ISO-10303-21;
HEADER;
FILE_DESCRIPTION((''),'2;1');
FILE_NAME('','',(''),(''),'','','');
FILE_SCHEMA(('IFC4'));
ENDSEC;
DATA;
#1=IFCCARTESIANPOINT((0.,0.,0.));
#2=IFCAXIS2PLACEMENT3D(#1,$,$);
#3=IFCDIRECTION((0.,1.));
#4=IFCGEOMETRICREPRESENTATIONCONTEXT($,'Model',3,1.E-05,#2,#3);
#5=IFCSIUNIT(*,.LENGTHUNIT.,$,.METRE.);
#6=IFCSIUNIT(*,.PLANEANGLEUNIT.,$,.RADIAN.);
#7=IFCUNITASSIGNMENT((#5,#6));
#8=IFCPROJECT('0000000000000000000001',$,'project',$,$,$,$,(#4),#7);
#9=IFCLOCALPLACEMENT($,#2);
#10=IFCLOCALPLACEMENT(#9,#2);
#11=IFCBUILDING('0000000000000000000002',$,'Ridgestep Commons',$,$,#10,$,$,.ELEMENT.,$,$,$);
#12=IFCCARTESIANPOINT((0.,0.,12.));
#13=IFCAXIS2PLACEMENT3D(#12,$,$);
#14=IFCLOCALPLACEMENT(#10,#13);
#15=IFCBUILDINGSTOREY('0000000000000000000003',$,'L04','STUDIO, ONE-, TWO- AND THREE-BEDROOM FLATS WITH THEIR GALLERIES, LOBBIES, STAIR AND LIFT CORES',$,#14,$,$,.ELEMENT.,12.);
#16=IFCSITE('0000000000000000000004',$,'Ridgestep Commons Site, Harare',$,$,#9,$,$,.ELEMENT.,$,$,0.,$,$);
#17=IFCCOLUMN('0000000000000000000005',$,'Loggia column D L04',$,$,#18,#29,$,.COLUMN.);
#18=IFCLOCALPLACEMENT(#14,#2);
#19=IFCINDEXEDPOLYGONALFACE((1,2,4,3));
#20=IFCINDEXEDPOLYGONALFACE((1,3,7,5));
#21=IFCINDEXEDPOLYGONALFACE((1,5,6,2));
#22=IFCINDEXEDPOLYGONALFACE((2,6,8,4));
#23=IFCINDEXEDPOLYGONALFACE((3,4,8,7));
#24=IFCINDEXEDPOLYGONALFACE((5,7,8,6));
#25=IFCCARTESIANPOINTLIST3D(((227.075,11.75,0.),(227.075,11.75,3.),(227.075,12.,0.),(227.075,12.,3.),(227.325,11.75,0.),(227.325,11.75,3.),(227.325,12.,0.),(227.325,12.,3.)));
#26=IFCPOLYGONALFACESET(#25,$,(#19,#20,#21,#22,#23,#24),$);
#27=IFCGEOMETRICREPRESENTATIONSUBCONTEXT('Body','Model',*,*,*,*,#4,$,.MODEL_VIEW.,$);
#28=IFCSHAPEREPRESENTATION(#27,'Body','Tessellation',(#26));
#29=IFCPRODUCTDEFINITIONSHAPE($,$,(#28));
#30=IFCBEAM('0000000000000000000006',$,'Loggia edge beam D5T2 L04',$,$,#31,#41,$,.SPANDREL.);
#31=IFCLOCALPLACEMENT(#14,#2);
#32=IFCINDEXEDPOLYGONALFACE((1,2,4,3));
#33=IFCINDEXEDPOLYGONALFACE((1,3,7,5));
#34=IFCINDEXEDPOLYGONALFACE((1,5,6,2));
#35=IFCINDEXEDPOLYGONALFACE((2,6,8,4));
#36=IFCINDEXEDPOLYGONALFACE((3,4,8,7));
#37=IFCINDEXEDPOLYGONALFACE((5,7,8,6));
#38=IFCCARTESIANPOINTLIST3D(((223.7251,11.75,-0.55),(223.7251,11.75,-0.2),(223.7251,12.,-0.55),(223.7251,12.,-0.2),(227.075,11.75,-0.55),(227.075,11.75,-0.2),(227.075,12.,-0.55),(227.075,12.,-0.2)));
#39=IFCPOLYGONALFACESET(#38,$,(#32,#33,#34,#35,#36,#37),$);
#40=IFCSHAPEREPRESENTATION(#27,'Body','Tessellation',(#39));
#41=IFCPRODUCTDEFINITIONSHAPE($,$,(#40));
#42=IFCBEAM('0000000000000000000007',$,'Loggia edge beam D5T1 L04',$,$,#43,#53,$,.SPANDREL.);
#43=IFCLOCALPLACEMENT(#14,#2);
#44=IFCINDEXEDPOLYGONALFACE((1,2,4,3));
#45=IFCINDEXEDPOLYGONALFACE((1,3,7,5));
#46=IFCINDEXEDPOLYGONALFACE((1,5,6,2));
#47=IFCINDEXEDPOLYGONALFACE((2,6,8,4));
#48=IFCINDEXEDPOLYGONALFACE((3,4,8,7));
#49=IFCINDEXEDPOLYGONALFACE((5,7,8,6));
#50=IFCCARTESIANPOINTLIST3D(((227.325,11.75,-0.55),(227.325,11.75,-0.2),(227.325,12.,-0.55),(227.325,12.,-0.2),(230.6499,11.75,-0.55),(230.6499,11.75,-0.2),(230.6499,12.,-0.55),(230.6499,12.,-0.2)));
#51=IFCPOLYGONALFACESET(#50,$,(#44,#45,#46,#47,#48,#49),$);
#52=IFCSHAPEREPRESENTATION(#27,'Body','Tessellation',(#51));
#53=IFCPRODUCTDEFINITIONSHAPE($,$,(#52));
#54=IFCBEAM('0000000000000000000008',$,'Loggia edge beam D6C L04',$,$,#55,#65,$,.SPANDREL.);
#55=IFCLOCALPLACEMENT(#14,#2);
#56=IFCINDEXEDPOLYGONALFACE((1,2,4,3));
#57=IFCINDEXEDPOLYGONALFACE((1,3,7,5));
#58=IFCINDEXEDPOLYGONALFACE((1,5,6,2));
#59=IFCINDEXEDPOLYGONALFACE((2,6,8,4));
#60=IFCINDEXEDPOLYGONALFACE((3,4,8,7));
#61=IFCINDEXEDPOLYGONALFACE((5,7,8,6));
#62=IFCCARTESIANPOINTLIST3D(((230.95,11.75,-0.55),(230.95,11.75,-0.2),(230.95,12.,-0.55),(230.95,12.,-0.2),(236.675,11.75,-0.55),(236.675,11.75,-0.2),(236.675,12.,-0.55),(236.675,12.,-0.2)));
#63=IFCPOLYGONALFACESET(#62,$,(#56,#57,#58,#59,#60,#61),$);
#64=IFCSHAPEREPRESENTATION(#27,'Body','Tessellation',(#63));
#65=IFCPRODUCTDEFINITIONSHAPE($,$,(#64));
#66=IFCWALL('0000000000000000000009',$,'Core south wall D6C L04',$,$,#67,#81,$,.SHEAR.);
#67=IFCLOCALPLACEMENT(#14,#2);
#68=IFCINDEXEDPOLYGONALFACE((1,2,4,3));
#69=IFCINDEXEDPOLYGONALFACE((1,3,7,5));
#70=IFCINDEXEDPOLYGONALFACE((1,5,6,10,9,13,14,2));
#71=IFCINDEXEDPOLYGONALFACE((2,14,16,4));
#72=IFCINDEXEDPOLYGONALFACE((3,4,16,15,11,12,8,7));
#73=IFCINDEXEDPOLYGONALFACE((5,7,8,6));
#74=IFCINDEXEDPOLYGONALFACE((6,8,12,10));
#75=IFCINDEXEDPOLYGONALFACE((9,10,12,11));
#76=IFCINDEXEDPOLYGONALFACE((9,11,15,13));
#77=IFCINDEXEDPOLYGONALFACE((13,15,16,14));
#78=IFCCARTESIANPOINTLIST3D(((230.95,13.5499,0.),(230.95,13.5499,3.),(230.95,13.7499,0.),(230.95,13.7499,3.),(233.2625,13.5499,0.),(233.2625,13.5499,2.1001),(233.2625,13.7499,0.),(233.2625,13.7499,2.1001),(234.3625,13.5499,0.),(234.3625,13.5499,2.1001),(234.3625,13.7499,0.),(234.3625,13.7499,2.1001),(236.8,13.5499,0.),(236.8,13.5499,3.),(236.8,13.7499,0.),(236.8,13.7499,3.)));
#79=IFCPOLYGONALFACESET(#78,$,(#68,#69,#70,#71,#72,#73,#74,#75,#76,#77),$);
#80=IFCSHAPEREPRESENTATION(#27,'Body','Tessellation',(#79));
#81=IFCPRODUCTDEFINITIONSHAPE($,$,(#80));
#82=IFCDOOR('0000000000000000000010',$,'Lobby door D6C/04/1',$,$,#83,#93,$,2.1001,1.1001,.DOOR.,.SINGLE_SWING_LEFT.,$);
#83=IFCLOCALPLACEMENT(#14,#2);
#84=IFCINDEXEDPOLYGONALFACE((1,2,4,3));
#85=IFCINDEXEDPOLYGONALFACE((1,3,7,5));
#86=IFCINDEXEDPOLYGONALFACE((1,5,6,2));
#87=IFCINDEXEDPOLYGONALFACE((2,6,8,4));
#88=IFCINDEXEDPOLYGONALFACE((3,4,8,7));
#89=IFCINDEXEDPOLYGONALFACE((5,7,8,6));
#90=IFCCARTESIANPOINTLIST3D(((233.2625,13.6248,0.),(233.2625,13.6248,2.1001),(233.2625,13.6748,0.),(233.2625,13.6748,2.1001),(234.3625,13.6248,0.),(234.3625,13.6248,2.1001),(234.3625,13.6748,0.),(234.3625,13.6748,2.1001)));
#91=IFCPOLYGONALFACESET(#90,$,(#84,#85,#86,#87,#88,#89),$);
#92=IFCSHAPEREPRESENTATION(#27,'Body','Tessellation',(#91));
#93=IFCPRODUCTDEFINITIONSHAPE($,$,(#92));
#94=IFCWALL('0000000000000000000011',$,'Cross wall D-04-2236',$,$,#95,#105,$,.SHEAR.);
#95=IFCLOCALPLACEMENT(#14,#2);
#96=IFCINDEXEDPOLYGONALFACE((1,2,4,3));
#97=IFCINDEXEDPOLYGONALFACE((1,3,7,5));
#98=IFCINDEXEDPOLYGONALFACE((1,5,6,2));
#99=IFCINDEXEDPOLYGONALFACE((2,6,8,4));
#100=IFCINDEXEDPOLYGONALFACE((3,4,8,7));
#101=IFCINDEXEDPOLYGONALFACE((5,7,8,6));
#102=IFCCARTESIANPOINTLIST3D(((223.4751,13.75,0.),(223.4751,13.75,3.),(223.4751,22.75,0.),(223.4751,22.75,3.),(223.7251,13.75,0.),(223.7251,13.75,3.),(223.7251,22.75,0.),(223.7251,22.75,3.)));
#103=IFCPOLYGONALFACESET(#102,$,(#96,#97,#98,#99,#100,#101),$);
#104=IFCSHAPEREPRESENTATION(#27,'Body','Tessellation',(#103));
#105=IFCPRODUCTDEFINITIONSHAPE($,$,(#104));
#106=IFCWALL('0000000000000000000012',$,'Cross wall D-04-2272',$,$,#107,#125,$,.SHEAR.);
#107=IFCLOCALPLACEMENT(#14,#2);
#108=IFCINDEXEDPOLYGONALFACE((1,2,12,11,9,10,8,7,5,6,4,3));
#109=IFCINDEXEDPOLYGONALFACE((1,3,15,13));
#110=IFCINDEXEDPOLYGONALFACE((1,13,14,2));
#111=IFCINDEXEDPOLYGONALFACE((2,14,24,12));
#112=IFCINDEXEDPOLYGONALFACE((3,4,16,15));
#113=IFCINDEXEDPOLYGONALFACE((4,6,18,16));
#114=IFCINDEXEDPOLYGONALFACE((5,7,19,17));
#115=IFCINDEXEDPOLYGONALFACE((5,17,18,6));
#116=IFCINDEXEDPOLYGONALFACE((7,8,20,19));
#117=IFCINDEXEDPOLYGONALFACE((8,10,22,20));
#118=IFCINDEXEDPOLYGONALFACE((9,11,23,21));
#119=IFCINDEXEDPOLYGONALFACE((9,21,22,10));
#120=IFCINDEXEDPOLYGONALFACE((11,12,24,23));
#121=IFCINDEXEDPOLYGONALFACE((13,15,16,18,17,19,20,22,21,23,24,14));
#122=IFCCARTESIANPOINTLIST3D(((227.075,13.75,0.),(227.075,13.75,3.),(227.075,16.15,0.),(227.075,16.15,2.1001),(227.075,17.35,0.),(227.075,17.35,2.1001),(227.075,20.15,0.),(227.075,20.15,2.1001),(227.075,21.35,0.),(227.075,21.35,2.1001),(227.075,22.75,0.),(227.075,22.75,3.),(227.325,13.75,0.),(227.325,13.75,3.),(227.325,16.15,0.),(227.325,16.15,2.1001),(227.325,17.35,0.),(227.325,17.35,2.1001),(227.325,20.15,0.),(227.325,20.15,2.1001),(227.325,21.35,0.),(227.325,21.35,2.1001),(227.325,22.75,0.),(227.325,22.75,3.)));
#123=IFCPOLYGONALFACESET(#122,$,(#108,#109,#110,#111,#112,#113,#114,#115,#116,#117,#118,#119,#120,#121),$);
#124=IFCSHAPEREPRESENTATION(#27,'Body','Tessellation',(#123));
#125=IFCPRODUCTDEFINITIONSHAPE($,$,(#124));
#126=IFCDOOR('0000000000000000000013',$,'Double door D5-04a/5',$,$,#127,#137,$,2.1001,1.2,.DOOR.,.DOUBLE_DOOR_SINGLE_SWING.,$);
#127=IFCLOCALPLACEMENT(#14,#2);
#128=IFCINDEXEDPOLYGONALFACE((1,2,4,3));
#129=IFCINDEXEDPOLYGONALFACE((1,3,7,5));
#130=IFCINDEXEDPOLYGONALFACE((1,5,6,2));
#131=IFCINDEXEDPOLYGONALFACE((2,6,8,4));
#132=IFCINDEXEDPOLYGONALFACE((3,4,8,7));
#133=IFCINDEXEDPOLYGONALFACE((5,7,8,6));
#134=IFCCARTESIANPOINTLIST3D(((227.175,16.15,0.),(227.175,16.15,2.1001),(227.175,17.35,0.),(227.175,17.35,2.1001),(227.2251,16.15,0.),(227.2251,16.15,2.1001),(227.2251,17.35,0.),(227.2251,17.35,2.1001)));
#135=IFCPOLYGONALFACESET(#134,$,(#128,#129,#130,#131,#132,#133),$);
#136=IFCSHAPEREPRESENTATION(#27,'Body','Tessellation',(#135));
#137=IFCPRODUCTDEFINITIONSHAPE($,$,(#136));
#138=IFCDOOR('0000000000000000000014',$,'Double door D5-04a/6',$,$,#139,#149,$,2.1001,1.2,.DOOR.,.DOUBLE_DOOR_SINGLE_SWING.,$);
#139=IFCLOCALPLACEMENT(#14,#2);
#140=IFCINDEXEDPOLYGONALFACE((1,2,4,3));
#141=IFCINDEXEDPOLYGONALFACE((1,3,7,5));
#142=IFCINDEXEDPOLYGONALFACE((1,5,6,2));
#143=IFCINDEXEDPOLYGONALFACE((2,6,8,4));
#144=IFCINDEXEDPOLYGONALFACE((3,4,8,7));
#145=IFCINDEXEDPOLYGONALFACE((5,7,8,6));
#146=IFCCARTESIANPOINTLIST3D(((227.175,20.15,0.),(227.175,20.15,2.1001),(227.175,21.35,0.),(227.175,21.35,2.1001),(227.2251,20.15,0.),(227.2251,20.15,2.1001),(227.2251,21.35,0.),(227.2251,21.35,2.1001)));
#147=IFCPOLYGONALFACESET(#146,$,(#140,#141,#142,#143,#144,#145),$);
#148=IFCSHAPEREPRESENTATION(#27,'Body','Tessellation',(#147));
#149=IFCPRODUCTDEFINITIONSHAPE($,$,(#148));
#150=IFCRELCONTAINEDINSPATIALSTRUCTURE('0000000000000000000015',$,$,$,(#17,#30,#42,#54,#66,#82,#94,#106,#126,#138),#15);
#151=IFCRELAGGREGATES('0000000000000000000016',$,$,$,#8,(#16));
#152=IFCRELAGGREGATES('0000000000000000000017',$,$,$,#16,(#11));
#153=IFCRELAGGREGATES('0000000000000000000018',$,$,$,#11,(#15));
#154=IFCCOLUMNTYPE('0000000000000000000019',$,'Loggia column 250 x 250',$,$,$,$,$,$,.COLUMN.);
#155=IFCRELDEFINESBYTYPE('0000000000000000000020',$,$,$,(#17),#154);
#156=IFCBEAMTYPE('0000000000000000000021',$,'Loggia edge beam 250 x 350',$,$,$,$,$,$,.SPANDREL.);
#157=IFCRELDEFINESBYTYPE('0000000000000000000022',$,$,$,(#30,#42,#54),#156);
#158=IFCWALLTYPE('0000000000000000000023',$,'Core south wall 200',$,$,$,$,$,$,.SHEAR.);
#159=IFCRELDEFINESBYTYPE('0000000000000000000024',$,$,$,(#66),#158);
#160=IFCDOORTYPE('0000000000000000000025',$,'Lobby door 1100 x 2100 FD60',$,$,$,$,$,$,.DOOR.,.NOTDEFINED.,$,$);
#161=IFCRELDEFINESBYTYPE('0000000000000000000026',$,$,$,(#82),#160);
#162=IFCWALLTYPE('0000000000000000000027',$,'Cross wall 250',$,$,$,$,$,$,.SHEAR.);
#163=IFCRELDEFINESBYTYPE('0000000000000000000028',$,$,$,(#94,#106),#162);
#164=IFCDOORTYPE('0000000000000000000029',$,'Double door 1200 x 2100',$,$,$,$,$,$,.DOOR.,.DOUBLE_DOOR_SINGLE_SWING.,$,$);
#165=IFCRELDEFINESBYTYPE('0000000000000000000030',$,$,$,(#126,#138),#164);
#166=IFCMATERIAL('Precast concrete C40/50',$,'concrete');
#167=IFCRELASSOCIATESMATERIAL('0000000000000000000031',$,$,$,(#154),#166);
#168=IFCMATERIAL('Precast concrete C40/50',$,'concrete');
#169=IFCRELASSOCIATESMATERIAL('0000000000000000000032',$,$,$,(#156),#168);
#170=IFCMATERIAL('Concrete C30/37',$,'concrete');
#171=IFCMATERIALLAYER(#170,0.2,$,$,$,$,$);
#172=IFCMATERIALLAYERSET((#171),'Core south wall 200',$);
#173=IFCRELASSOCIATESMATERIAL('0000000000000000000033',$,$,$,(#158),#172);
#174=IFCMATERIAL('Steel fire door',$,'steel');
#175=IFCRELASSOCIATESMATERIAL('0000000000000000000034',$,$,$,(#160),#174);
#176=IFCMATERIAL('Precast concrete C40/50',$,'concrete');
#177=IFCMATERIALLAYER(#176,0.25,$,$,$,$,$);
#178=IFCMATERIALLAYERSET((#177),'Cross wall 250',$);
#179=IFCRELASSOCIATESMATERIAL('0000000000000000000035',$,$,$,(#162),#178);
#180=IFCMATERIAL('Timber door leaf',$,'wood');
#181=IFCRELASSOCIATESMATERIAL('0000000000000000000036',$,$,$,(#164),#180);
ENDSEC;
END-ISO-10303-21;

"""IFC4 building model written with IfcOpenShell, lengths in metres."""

from ifc_helpers import new_model, si_unit, direction, frame, frame_2d, origin, origin_2d, place, context, subcontext, project, spatial, rectangle, extrude, material, layer, layer_set, material_profile, profile_set, type_object, element, fill, save


model = new_model("IFC4")

# Units and contexts
model_context = context("Model", 3, precision=1e-05, world=origin(), true_north=direction((0.0, 1.0)))
body_context = subcontext(model_context, "Body", "Model", "MODEL_VIEW")
ifc_project = project(units=[si_unit("LENGTHUNIT", "METRE"), si_unit("PLANEANGLEUNIT", "RADIAN")], contexts=[model_context])

# Site, building, storey
site_placement = place(None, origin())
site = spatial("IfcSite", under=ifc_project, at=site_placement, Name="Ridgestep Commons Site, Harare", CompositionType="ELEMENT", RefElevation=0.0)
building_placement = place(site_placement, origin())
building = spatial("IfcBuilding", under=site, at=building_placement, Name="Ridgestep Commons", CompositionType="ELEMENT")
storey_placement = place(building_placement, frame((0.0, 0.0, 12.0)))
storey = spatial("IfcBuildingStorey", under=building, at=storey_placement, Name="L04", Description="STUDIO, ONE-, TWO- AND THREE-BEDROOM FLATS WITH THEIR GALLERIES, LOBBIES, STAIR AND LIFT CORES", CompositionType="ELEMENT", Elevation=12.0)

# Column
ifc_material_1 = material(Name="Precast concrete C40/50", Category="concrete")
ifc_material_profile_1 = material_profile(ifc_material_1, rectangle(XDim=0.25, YDim=0.25, at=origin_2d()), Name="PC 250x250")
ifc_profile_set_1 = profile_set([ifc_material_profile_1], Name="Precast concrete C40/50")
column_type = type_object("IfcColumnType", Name="Loggia column 250 x 250", PredefinedType="COLUMN", material=ifc_profile_set_1)
column_placement = place(storey_placement, frame((227.2, 11.875, 0.0), z_axis=(0.0, 0.0, 1.0), x_axis=(1.0, 0.0, 0.0)))
element("IfcColumn", 1, at=column_placement, inside=storey, type_object=column_type, Name="Loggia column D L04", PredefinedType="COLUMN", context=body_context, shape_type="SweptSolid", body=[
    extrude(rectangle(XDim=0.25, YDim=0.25, at=origin_2d()), origin(), (0.0, 0.0, 1.0), 3.0),
])

# Beams
ifc_material_2 = material(Name="Precast concrete C40/50", Category="concrete")
ifc_material_profile_2 = material_profile(ifc_material_2, rectangle(XDim=0.25, YDim=0.3501, at=origin_2d()), Name="PC 250x350")
ifc_profile_set_2 = profile_set([ifc_material_profile_2], Name="Precast concrete C40/50")
beam_type = type_object("IfcBeamType", Name="Loggia edge beam 250 x 350", PredefinedType="SPANDREL", material=ifc_profile_set_2)
beam_1_placement = place(storey_placement, frame((223.7251, 11.875, -0.375), z_axis=(1.0, 0.0, 0.0), x_axis=(0.0, 1.0, 0.0)))
element("IfcBeam", 2, at=beam_1_placement, inside=storey, type_object=beam_type, Name="Loggia edge beam D5T2 L04", PredefinedType="SPANDREL", context=body_context, shape_type="SweptSolid", body=[
    extrude(rectangle(XDim=0.25, YDim=0.3501, at=origin_2d()), origin(), (0.0, 0.0, 1.0), 3.3499),
])
beam_2_placement = place(storey_placement, frame((227.325, 11.875, -0.375), z_axis=(1.0, 0.0, 0.0), x_axis=(0.0, 1.0, 0.0)))
element("IfcBeam", 3, at=beam_2_placement, inside=storey, type_object=beam_type, Name="Loggia edge beam D5T1 L04", PredefinedType="SPANDREL", context=body_context, shape_type="SweptSolid", body=[
    extrude(rectangle(XDim=0.25, YDim=0.3501, at=origin_2d()), origin(), (0.0, 0.0, 1.0), 3.325),
])
beam_3_placement = place(storey_placement, frame((230.95, 11.875, -0.375), z_axis=(1.0, 0.0, 0.0), x_axis=(0.0, 1.0, 0.0)))
element("IfcBeam", 4, at=beam_3_placement, inside=storey, type_object=beam_type, Name="Loggia edge beam D6C L04", PredefinedType="SPANDREL", context=body_context, shape_type="SweptSolid", body=[
    extrude(rectangle(XDim=0.25, YDim=0.3501, at=origin_2d()), origin(), (0.0, 0.0, 1.0), 5.7251),
])

# Wall, opening, door
ifc_material_3 = material(Name="Concrete C30/37", Category="concrete")
ifc_layer_1 = layer(ifc_material_3, 0.2)
ifc_layer_set_1 = layer_set([ifc_layer_1], Name="Core south wall 200")
wall_type_1 = type_object("IfcWallType", Name="Core south wall 200", PredefinedType="SHEAR", material=ifc_layer_set_1)
wall_1_placement = place(storey_placement, frame((230.95, 13.6499, 0.0), z_axis=(0.0, 0.0, 1.0), x_axis=(1.0, 0.0, 0.0)))
wall_1 = element("IfcWall", 5, at=wall_1_placement, inside=storey, type_object=wall_type_1, Name="Core south wall D6C L04", PredefinedType="SHEAR", context=body_context, shape_type="SweptSolid", body=[
    extrude(rectangle(XDim=5.8501, YDim=0.2, at=frame_2d((2.925, 0.0))), origin(), (0.0, 0.0, 1.0), 3.0),
])
opening_1_placement = place(wall_1_placement, frame((2.3125, 0.0, 0.0)))
opening_1 = element("IfcOpeningElement", 6, at=opening_1_placement, cuts=wall_1, PredefinedType="OPENING", context=body_context, shape_type="SweptSolid", body=[
    extrude(rectangle(XDim=1.1001, YDim=2.1001, at=frame_2d((0.55, 1.05))), frame((0.0, 0.1099, 0.0), z_axis=(0.0, -1.0, 0.0), x_axis=(1.0, 0.0, 0.0)), (0.0, 0.0, 1.0), 0.22),
])
ifc_material_4 = material(Name="Steel fire door", Category="steel")
door_type_1 = type_object("IfcDoorType", Name="Lobby door 1100 x 2100 FD60", OperationType="NOTDEFINED", PredefinedType="DOOR", material=ifc_material_4)
door_1_placement = place(opening_1_placement, origin())
door_1 = element("IfcDoor", 7, at=door_1_placement, inside=storey, type_object=door_type_1, Name="Lobby door D6C/04/1", OperationType="SINGLE_SWING_LEFT", OverallHeight=2.1001, OverallWidth=1.1001, PredefinedType="DOOR", context=body_context, shape_type="SweptSolid", body=[
    extrude(rectangle(XDim=1.1001, YDim=2.1001, at=frame_2d((0.55, 1.05))), frame((0.0, 0.0249, 0.0), z_axis=(0.0, -1.0, 0.0), x_axis=(1.0, 0.0, 0.0)), (0.0, 0.0, 1.0), 0.05),
])
fill(opening_1, door_1)

# Wall
ifc_material_5 = material(Name="Precast concrete C40/50", Category="concrete")
ifc_layer_2 = layer(ifc_material_5, 0.25)
ifc_layer_set_2 = layer_set([ifc_layer_2], Name="Cross wall 250")
wall_type_2 = type_object("IfcWallType", Name="Cross wall 250", PredefinedType="SHEAR", material=ifc_layer_set_2)
wall_2_placement = place(storey_placement, frame((223.6001, 13.75, 0.0), z_axis=(0.0, 0.0, 1.0), x_axis=(0.0, 1.0, 0.0)))
element("IfcWall", 8, at=wall_2_placement, inside=storey, type_object=wall_type_2, Name="Cross wall D-04-2236", PredefinedType="SHEAR", context=body_context, shape_type="SweptSolid", body=[
    extrude(rectangle(XDim=9.0, YDim=0.25, at=frame_2d((4.5, 0.0))), origin(), (0.0, 0.0, 1.0), 3.0),
])

# Wall, openings, doors
wall_3_placement = place(storey_placement, frame((227.2, 13.75, 0.0), z_axis=(0.0, 0.0, 1.0), x_axis=(0.0, 1.0, 0.0)))
wall_3 = element("IfcWall", 9, at=wall_3_placement, inside=storey, type_object=wall_type_2, Name="Cross wall D-04-2272", PredefinedType="SHEAR", context=body_context, shape_type="SweptSolid", body=[
    extrude(rectangle(XDim=9.0, YDim=0.25, at=frame_2d((4.5, 0.0))), origin(), (0.0, 0.0, 1.0), 3.0),
])
opening_2_placement = place(wall_3_placement, frame((2.3999, 0.0, 0.0)))
opening_2 = element("IfcOpeningElement", 10, at=opening_2_placement, cuts=wall_3, PredefinedType="OPENING", context=body_context, shape_type="SweptSolid", body=[
    extrude(rectangle(XDim=1.2, YDim=2.1001, at=frame_2d((0.6001, 1.05))), frame((0.0, 0.135, 0.0), z_axis=(0.0, -1.0, 0.0), x_axis=(1.0, 0.0, 0.0)), (0.0, 0.0, 1.0), 0.27),
])
opening_3_placement = place(wall_3_placement, frame((6.3999, 0.0, 0.0)))
opening_3 = element("IfcOpeningElement", 11, at=opening_3_placement, cuts=wall_3, PredefinedType="OPENING", context=body_context, shape_type="SweptSolid", body=[
    extrude(rectangle(XDim=1.2, YDim=2.1001, at=frame_2d((0.6001, 1.05))), frame((0.0, 0.135, 0.0), z_axis=(0.0, -1.0, 0.0), x_axis=(1.0, 0.0, 0.0)), (0.0, 0.0, 1.0), 0.27),
])
ifc_material_6 = material(Name="Timber door leaf", Category="wood")
door_type_2 = type_object("IfcDoorType", Name="Double door 1200 x 2100", OperationType="DOUBLE_DOOR_SINGLE_SWING", PredefinedType="DOOR", material=ifc_material_6)
door_2_placement = place(opening_2_placement, origin())
door_2 = element("IfcDoor", 12, at=door_2_placement, inside=storey, type_object=door_type_2, Name="Double door D5-04a/5", OperationType="DOUBLE_DOOR_SINGLE_SWING", OverallHeight=2.1001, OverallWidth=1.2, PredefinedType="DOOR", context=body_context, shape_type="SweptSolid", body=[
    extrude(rectangle(XDim=1.2, YDim=2.1001, at=frame_2d((0.6001, 1.05))), frame((0.0, 0.0249, 0.0), z_axis=(0.0, -1.0, 0.0), x_axis=(1.0, 0.0, 0.0)), (0.0, 0.0, 1.0), 0.05),
])
fill(opening_2, door_2)
door_3_placement = place(opening_3_placement, origin())
door_3 = element("IfcDoor", 13, at=door_3_placement, inside=storey, type_object=door_type_2, Name="Double door D5-04a/6", OperationType="DOUBLE_DOOR_SINGLE_SWING", OverallHeight=2.1001, OverallWidth=1.2, PredefinedType="DOOR", context=body_context, shape_type="SweptSolid", body=[
    extrude(rectangle(XDim=1.2, YDim=2.1001, at=frame_2d((0.6001, 1.05))), frame((0.0, 0.0249, 0.0), z_axis=(0.0, -1.0, 0.0), x_axis=(1.0, 0.0, 0.0)), (0.0, 0.0, 1.0), 0.05),
])
fill(opening_3, door_3)

save(model, "model.ifc")
